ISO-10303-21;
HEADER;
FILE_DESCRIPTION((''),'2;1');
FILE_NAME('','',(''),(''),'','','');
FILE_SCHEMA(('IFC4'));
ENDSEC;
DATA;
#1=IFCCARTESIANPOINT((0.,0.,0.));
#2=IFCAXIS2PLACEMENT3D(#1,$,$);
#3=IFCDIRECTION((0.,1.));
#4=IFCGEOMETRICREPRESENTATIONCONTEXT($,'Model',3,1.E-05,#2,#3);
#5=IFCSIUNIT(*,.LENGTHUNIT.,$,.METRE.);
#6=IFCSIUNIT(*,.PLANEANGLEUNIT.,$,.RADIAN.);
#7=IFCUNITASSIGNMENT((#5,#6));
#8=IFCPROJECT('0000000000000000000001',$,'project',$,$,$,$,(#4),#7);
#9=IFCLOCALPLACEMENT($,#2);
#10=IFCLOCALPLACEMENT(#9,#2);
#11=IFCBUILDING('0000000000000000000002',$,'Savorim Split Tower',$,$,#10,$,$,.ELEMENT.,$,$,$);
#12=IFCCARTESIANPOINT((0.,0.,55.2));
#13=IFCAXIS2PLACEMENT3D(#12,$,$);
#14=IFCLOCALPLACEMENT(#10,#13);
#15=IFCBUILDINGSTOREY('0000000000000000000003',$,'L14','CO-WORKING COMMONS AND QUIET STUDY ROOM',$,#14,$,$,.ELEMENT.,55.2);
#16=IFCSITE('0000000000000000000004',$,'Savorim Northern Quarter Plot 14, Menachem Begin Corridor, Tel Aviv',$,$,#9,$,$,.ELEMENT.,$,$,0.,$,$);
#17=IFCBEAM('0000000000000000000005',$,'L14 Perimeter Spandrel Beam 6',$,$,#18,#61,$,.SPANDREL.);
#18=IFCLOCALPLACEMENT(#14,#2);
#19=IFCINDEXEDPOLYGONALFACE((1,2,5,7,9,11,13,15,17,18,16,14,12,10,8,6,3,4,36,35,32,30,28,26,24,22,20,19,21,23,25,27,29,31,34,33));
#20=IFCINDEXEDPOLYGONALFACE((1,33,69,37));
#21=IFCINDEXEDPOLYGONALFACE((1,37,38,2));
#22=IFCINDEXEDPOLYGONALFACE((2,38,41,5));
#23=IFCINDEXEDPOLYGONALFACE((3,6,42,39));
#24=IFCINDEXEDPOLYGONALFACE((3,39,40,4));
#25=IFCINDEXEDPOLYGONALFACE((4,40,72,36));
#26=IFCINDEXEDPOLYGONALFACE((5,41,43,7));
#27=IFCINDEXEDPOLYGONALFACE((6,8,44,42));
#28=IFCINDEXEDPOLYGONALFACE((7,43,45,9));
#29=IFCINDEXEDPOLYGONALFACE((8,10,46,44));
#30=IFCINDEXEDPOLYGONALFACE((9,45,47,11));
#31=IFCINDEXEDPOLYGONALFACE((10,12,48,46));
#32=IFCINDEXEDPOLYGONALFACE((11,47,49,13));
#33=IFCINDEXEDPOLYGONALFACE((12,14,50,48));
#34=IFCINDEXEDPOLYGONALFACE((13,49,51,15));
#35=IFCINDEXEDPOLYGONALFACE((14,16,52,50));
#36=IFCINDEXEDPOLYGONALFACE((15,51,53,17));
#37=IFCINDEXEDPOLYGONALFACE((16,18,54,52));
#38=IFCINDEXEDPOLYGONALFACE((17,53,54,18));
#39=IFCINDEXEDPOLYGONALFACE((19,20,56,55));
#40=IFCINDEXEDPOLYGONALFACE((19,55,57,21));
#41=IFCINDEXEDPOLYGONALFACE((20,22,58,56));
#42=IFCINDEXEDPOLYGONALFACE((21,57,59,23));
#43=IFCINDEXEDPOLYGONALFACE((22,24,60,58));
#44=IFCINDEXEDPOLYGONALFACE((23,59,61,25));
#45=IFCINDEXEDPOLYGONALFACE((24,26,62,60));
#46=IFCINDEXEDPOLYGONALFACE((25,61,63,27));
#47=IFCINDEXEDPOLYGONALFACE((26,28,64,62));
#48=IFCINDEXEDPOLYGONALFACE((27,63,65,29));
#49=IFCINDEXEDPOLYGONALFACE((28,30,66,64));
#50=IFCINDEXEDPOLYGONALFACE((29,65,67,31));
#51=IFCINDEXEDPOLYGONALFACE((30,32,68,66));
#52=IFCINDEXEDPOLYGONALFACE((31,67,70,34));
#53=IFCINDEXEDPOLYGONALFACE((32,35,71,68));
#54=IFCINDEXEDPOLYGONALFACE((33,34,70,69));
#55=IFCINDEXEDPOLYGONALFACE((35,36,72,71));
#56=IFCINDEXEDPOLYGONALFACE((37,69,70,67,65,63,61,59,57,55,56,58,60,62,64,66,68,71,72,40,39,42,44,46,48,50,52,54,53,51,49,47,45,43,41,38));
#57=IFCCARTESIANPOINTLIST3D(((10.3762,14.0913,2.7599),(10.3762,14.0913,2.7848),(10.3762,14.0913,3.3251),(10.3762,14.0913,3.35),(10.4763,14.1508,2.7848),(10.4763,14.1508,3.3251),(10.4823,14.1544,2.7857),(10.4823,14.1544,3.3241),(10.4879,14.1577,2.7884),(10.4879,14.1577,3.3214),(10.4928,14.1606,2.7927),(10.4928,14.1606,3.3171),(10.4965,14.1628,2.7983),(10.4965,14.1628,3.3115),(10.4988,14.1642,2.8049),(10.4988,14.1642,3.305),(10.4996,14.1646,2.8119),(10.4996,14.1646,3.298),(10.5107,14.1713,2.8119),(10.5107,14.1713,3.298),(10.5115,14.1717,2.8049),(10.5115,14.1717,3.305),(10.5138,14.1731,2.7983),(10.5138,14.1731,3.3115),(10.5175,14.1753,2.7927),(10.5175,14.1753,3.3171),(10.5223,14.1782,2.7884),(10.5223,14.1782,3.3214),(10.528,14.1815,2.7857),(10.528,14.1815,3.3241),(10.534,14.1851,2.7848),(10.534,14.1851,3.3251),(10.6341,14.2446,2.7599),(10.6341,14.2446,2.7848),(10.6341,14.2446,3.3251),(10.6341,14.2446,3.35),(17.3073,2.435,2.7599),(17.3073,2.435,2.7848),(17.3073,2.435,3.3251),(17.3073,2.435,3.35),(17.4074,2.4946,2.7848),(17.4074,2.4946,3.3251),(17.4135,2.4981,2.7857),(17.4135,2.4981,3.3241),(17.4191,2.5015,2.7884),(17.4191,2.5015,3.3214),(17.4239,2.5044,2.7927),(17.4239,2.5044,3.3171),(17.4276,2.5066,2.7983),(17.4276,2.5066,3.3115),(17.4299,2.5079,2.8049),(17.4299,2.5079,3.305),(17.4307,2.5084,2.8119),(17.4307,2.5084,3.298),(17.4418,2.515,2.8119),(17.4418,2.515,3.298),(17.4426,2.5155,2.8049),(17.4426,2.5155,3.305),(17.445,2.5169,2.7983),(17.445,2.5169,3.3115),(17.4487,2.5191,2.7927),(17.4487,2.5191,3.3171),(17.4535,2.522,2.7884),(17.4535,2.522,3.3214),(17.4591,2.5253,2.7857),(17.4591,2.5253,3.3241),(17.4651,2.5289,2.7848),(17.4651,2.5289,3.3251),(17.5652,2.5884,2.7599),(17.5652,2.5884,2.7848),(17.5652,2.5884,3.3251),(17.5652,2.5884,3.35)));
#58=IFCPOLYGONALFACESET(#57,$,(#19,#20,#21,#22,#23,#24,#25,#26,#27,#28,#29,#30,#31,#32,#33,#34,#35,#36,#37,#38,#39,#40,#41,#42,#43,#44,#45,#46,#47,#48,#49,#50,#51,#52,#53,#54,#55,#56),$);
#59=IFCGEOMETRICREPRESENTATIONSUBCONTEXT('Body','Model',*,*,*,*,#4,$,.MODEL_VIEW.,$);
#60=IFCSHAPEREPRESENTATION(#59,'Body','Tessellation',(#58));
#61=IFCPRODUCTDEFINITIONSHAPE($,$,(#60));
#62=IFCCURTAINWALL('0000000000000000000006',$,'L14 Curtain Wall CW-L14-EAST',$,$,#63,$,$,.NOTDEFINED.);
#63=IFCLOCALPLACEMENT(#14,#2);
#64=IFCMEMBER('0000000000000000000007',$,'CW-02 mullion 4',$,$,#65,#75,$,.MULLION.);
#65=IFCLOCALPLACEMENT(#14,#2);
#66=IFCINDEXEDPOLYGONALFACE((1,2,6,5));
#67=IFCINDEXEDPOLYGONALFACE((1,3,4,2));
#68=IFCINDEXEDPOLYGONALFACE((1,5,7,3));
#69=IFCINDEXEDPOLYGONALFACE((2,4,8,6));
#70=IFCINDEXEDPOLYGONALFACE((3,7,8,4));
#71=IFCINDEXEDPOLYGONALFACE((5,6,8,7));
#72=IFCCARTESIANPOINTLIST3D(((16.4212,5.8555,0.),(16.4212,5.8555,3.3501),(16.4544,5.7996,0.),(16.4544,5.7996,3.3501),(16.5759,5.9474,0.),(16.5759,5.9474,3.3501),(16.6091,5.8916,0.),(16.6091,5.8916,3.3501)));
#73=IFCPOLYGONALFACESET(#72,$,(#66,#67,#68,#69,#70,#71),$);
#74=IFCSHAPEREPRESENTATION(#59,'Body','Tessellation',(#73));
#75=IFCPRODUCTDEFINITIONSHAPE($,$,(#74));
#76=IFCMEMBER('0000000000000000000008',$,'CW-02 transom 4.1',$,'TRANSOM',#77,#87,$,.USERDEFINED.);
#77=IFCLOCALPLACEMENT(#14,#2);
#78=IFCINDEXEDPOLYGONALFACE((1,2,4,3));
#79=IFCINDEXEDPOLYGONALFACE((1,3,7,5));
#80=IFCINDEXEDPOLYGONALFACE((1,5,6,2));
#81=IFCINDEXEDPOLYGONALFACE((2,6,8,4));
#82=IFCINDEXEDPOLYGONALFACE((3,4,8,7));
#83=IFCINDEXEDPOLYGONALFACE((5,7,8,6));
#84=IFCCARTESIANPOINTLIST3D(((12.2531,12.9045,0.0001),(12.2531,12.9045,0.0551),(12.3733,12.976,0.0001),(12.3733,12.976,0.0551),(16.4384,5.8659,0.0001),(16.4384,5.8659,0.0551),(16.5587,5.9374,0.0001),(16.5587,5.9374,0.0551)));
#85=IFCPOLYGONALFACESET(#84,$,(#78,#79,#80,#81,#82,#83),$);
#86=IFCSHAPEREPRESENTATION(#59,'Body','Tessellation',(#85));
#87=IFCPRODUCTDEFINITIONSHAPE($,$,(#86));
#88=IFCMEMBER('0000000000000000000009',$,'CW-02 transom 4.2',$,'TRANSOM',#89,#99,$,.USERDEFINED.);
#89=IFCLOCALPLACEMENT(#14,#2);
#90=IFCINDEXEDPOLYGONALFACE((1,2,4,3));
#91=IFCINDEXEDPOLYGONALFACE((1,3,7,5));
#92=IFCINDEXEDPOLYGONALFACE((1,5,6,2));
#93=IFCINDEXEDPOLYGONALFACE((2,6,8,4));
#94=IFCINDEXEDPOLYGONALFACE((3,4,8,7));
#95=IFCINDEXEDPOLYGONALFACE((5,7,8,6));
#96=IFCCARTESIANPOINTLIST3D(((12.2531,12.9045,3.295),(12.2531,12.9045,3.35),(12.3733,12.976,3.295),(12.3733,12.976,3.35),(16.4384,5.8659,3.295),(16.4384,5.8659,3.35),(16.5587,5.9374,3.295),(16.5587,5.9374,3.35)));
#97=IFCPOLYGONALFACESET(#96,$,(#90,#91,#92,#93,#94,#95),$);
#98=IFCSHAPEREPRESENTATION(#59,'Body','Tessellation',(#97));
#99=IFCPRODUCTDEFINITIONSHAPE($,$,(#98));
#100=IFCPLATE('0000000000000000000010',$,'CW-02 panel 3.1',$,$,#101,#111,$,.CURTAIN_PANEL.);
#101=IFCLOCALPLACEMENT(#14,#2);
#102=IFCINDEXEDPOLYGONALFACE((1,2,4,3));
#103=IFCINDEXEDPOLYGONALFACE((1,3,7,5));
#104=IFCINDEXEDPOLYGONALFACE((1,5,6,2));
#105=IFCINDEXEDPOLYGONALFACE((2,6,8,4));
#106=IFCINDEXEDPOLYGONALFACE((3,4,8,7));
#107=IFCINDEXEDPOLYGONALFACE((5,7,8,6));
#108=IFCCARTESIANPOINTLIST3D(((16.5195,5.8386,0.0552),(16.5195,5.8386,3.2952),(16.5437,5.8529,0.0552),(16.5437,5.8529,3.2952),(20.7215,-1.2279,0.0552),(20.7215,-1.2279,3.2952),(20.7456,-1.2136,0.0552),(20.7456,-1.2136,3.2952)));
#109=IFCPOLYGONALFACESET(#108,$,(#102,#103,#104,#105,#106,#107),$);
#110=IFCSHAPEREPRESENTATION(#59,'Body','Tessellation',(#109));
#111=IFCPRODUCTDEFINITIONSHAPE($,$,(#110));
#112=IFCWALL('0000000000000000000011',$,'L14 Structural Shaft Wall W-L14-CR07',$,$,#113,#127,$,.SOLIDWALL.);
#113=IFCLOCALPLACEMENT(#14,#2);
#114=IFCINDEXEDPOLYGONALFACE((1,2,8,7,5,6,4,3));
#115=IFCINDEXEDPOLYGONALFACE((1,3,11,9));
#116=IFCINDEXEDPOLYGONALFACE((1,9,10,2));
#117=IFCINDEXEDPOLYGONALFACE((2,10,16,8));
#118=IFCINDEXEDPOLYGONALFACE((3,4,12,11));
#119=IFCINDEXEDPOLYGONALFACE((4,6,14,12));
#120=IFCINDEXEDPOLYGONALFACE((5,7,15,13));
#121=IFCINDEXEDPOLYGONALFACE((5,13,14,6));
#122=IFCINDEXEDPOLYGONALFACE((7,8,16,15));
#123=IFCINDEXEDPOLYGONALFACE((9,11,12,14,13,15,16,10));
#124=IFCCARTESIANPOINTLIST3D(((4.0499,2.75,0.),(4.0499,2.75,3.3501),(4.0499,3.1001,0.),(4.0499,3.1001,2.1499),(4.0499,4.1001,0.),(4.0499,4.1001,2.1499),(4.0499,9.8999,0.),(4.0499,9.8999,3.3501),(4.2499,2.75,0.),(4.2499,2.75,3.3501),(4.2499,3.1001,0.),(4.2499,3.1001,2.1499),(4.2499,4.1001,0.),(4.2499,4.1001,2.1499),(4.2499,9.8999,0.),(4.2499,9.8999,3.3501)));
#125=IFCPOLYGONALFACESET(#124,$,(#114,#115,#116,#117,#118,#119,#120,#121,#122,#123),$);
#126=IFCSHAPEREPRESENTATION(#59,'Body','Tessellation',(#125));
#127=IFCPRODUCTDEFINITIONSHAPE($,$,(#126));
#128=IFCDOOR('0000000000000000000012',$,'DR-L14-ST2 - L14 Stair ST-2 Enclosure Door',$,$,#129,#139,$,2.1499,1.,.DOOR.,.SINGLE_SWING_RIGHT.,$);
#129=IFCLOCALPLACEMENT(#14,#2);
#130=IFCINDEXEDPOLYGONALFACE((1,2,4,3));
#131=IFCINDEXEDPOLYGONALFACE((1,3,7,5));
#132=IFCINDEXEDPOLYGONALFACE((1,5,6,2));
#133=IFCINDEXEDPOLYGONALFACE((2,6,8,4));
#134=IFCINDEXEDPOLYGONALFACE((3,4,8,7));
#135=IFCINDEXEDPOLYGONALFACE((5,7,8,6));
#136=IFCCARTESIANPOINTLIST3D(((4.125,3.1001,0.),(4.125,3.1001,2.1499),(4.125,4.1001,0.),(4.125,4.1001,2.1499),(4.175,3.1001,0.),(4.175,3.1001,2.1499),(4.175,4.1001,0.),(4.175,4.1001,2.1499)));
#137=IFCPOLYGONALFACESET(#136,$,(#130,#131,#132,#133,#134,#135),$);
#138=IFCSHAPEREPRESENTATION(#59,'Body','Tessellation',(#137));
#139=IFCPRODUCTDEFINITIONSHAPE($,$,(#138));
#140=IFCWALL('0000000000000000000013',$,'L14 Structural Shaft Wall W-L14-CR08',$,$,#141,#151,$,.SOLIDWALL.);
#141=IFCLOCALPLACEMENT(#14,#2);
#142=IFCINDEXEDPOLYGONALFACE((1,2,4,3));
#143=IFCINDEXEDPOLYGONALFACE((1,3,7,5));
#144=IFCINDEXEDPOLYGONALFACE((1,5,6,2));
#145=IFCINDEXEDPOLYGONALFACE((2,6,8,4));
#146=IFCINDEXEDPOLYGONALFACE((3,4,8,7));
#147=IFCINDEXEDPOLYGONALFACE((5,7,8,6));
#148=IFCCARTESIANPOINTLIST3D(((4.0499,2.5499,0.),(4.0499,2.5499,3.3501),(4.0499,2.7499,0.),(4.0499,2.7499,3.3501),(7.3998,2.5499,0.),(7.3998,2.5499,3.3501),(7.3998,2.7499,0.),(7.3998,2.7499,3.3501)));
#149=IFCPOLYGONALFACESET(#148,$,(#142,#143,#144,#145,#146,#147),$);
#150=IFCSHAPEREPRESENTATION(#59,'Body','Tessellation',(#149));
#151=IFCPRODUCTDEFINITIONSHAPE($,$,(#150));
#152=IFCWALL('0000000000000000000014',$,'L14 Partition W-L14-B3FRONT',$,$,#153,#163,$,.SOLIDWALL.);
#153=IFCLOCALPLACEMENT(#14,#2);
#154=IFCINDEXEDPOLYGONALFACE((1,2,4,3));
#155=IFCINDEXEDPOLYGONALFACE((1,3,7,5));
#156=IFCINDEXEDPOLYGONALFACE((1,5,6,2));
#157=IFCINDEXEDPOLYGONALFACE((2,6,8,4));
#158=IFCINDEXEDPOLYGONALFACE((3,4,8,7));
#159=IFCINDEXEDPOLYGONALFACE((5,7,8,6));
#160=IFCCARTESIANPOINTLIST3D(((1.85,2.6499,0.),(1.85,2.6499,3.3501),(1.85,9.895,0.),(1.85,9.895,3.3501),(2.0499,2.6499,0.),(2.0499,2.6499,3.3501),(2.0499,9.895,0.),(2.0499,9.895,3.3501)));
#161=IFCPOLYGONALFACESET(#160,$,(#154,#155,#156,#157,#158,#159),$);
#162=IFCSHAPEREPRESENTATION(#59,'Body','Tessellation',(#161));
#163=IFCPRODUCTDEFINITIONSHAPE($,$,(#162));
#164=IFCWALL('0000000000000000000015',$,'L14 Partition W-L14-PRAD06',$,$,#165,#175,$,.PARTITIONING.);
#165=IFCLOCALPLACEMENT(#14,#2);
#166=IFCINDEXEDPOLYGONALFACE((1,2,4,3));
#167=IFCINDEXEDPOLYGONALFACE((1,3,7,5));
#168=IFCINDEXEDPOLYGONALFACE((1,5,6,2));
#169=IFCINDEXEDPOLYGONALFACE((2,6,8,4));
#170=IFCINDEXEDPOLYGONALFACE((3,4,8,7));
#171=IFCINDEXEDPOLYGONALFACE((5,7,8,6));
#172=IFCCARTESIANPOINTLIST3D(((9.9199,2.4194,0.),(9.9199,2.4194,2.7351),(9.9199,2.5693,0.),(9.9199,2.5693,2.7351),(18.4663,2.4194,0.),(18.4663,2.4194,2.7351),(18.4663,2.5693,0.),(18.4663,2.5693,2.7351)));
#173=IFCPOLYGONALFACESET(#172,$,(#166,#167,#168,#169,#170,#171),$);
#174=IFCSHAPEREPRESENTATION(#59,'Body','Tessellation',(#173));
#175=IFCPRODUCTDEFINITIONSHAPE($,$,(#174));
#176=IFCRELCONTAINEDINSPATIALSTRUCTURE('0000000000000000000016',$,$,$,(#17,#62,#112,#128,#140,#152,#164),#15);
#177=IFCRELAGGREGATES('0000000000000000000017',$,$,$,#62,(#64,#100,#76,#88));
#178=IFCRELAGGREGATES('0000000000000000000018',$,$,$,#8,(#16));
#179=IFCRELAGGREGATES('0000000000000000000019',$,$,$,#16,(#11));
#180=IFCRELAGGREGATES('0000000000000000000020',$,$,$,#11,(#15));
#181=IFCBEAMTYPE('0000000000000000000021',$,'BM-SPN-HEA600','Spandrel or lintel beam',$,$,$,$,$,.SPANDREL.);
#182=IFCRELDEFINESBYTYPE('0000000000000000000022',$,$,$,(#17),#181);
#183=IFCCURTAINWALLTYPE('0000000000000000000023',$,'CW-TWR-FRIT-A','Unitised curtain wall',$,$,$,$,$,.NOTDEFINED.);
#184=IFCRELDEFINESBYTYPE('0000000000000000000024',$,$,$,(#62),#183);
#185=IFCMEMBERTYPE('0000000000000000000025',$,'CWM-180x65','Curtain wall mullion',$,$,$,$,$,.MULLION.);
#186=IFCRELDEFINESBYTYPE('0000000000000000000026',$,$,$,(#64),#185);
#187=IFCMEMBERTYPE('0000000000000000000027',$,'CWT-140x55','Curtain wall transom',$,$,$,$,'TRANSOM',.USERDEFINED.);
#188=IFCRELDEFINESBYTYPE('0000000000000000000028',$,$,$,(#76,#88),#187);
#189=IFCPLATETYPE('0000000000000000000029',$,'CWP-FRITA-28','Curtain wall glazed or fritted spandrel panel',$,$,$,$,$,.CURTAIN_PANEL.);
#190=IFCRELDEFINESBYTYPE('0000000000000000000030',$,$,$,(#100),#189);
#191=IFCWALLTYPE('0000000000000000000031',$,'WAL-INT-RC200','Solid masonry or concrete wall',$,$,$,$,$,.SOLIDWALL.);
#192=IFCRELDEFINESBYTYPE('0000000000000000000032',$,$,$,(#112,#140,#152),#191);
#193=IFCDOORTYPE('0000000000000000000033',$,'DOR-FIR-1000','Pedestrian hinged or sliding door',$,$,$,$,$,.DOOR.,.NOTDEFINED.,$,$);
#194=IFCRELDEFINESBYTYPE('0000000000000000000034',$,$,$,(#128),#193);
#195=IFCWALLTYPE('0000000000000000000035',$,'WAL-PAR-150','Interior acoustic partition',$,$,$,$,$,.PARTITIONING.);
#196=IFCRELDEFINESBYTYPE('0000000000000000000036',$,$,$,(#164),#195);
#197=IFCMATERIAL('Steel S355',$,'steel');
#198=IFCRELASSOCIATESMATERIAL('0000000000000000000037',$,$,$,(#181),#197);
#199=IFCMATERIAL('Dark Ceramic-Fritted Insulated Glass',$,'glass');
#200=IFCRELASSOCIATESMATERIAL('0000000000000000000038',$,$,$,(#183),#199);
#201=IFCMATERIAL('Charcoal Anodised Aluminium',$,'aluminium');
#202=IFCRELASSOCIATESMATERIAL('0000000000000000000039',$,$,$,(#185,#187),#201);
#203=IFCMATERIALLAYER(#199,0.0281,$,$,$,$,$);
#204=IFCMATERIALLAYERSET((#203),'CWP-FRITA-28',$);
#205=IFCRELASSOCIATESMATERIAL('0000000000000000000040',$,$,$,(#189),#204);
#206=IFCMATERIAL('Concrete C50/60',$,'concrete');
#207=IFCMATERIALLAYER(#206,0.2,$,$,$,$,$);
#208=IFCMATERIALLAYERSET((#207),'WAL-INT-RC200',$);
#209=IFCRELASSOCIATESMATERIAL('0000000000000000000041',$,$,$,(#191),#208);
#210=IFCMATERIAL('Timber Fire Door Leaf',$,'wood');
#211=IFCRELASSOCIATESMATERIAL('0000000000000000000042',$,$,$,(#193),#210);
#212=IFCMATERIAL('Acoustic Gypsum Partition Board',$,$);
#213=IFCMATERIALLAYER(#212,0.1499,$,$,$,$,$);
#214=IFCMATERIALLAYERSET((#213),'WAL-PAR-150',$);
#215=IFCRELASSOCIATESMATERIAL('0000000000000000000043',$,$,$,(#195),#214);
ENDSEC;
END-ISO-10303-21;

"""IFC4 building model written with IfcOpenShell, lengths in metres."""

from ifc_helpers import new_model, si_unit, direction, frame, frame_2d, origin, origin_2d, place, context, subcontext, project, spatial, rectangle, i_section, extrude, material, layer, layer_set, material_profile, profile_set, type_object, element, fill, aggregate, save


model = new_model("IFC4")

# Units and contexts
model_context = context("Model", 3, precision=1e-05, world=origin(), true_north=direction((0.0, 1.0)))
body_context = subcontext(model_context, "Body", "Model", "MODEL_VIEW")
ifc_project = project(units=[si_unit("LENGTHUNIT", "METRE"), si_unit("PLANEANGLEUNIT", "RADIAN")], contexts=[model_context])

# Site, building, storey
site_placement = place(None, origin())
site = spatial("IfcSite", under=ifc_project, at=site_placement, Name="Savorim Northern Quarter Plot 14, Menachem Begin Corridor, Tel Aviv", CompositionType="ELEMENT", RefElevation=0.0)
building_placement = place(site_placement, origin())
building = spatial("IfcBuilding", under=site, at=building_placement, Name="Savorim Split Tower", CompositionType="ELEMENT")
storey_placement = place(building_placement, frame((0.0, 0.0, 55.2)))
storey = spatial("IfcBuildingStorey", under=building, at=storey_placement, Name="L14", Description="CO-WORKING COMMONS AND QUIET STUDY ROOM", CompositionType="ELEMENT", Elevation=55.2)

# Beam
ifc_material_1 = material(Name="Steel S355", Category="steel")
ifc_material_profile_1 = material_profile(ifc_material_1, i_section(OverallWidth=0.3, OverallDepth=0.5901, WebThickness=0.0129, FlangeThickness=0.0249, FilletRadius=0.0271, at=origin_2d()), Name="HEA 600")
ifc_profile_set_1 = profile_set([ifc_material_profile_1], Name="Steel S355")
beam_type_1 = type_object("IfcBeamType", Name="BM-SPN-HEA600", Description="Spandrel or lintel beam", PredefinedType="SPANDREL", material=ifc_profile_set_1)
beam_1_placement = place(storey_placement, frame((17.4363, 2.5117, 3.0549), z_axis=(-0.511098, 0.859523, 0.0), x_axis=(-0.859523, -0.511098, 0.0)))
element("IfcBeam", 1, at=beam_1_placement, inside=storey, type_object=beam_type_1, Name="L14 Perimeter Spandrel Beam 6", PredefinedType="SPANDREL", context=body_context, shape_type="SweptSolid", body=[
    extrude(i_section(OverallWidth=0.3, OverallDepth=0.5901, WebThickness=0.0129, FlangeThickness=0.0249, FilletRadius=0.0271, at=origin_2d()), origin(), (0.0, 0.0, 1.0), 13.5613),
])

# Curtain wall, members, plate
ifc_material_2 = material(Name="Dark Ceramic-Fritted Insulated Glass", Category="glass")
curtain_wall_type = type_object("IfcCurtainWallType", Name="CW-TWR-FRIT-A", Description="Unitised curtain wall", PredefinedType="NOTDEFINED", material=ifc_material_2)
curtain_wall_placement = place(storey_placement, origin())
curtain_wall = element("IfcCurtainWall", 2, at=curtain_wall_placement, inside=storey, type_object=curtain_wall_type, Name="L14 Curtain Wall CW-L14-EAST", PredefinedType="NOTDEFINED")
ifc_material_3 = material(Name="Charcoal Anodised Aluminium", Category="aluminium")
ifc_material_profile_2 = material_profile(ifc_material_3, rectangle(XDim=0.1799, YDim=0.0649, at=origin_2d()), Name="ALU-M 180x65")
ifc_profile_set_2 = profile_set([ifc_material_profile_2], Name="Charcoal Anodised Aluminium")
member_type_1 = type_object("IfcMemberType", Name="CWM-180x65", Description="Curtain wall mullion", PredefinedType="MULLION", material=ifc_profile_set_2)
member_1_placement = place(storey_placement, frame((16.5151, 5.8735, 0.0), z_axis=(0.0, 0.0, 1.0), x_axis=(-0.859526, -0.511092, 0.0)))
member_1 = element("IfcMember", 3, at=member_1_placement, type_object=member_type_1, Name="CW-02 mullion 4", PredefinedType="MULLION", context=body_context, shape_type="SweptSolid", body=[
    extrude(rectangle(XDim=0.1799, YDim=0.0649, at=origin_2d()), origin(), (0.0, 0.0, 1.0), 3.3501),
])
ifc_material_profile_3 = material_profile(ifc_material_3, rectangle(XDim=0.1399, YDim=0.0549, at=origin_2d()), Name="ALU-T 140x55")
ifc_profile_set_3 = profile_set([ifc_material_profile_3], Name="Charcoal Anodised Aluminium")
member_type_2 = type_object("IfcMemberType", Name="CWT-140x55", Description="Curtain wall transom", ElementType="TRANSOM", PredefinedType="USERDEFINED", material=ifc_profile_set_3)
member_2_placement = place(storey_placement, frame((16.4985, 5.9016, 0.0276), z_axis=(-0.511094, 0.859525, 0.0), x_axis=(-0.859525, -0.511094, 0.0)))
member_2 = element("IfcMember", 4, at=member_2_placement, type_object=member_type_2, Name="CW-02 transom 4.1", ObjectType="TRANSOM", PredefinedType="USERDEFINED", context=body_context, shape_type="SweptSolid", body=[
    extrude(rectangle(XDim=0.1399, YDim=0.0549, at=origin_2d()), origin(), (0.0, 0.0, 1.0), 8.189),
])
member_3_placement = place(storey_placement, frame((16.4985, 5.9016, 3.3225), z_axis=(-0.511094, 0.859525, 0.0), x_axis=(-0.859525, -0.511094, 0.0)))
member_3 = element("IfcMember", 5, at=member_3_placement, type_object=member_type_2, Name="CW-02 transom 4.2", ObjectType="TRANSOM", PredefinedType="USERDEFINED", context=body_context, shape_type="SweptSolid", body=[
    extrude(rectangle(XDim=0.1399, YDim=0.0549, at=origin_2d()), origin(), (0.0, 0.0, 1.0), 8.189),
])
ifc_layer_1 = layer(ifc_material_2, 0.0281)
ifc_layer_set_1 = layer_set([ifc_layer_1], Name="CWP-FRITA-28")
plate_type = type_object("IfcPlateType", Name="CWP-FRITA-28", Description="Curtain wall glazed or fritted spandrel panel", PredefinedType="CURTAIN_PANEL", material=ifc_layer_set_1)
plate_placement = place(storey_placement, frame((18.6326, 2.3125, 0.0552), z_axis=(0.0, 0.0, 1.0), x_axis=(-0.511092, 0.859526, 0.0)))
plate = element("IfcPlate", 6, at=plate_placement, type_object=plate_type, Name="CW-02 panel 3.1", PredefinedType="CURTAIN_PANEL", context=body_context, shape_type="SweptSolid", body=[
    extrude(rectangle(XDim=8.2214, YDim=0.0281, at=origin_2d()), origin(), (0.0, 0.0, 1.0), 3.24),
])
aggregate(curtain_wall, [member_1, plate, member_2, member_3])

# Wall, opening, door
ifc_material_4 = material(Name="Concrete C50/60", Category="concrete")
ifc_layer_2 = layer(ifc_material_4, 0.2)
ifc_layer_set_2 = layer_set([ifc_layer_2], Name="WAL-INT-RC200")
wall_type_1 = type_object("IfcWallType", Name="WAL-INT-RC200", Description="Solid masonry or concrete wall", PredefinedType="SOLIDWALL", material=ifc_layer_set_2)
wall_1_placement = place(storey_placement, frame((4.1499, 2.75, 0.0), z_axis=(0.0, 0.0, 1.0), x_axis=(0.0, 1.0, 0.0)))
wall_1 = element("IfcWall", 7, at=wall_1_placement, inside=storey, type_object=wall_type_1, Name="L14 Structural Shaft Wall W-L14-CR07", PredefinedType="SOLIDWALL", context=body_context, shape_type="SweptSolid", body=[
    extrude(rectangle(XDim=7.1499, YDim=0.2, at=frame_2d((3.575, 0.0))), origin(), (0.0, 0.0, 1.0), 3.3501),
])
opening_placement = place(wall_1_placement, frame((0.3501, 0.0, 0.0)))
opening = element("IfcOpeningElement", 8, at=opening_placement, cuts=wall_1, PredefinedType="OPENING", context=body_context, shape_type="SweptSolid", body=[
    extrude(rectangle(XDim=1.0, YDim=2.1499, at=frame_2d((0.5, 1.075))), frame((0.0, 0.1099, 0.0), z_axis=(0.0, -1.0, 0.0), x_axis=(1.0, 0.0, 0.0)), (0.0, 0.0, 1.0), 0.22),
])
ifc_material_5 = material(Name="Timber Fire Door Leaf", Category="wood")
door_type = type_object("IfcDoorType", Name="DOR-FIR-1000", Description="Pedestrian hinged or sliding door", OperationType="NOTDEFINED", PredefinedType="DOOR", material=ifc_material_5)
door_placement = place(opening_placement, origin())
door = element("IfcDoor", 9, at=door_placement, inside=storey, type_object=door_type, Name="DR-L14-ST2 - L14 Stair ST-2 Enclosure Door", OperationType="SINGLE_SWING_RIGHT", OverallHeight=2.1499, OverallWidth=1.0, PredefinedType="DOOR", context=body_context, shape_type="SweptSolid", body=[
    extrude(rectangle(XDim=1.0, YDim=2.1499, at=frame_2d((0.5, 1.075))), frame((0.0, 0.0249, 0.0), z_axis=(0.0, -1.0, 0.0), x_axis=(1.0, 0.0, 0.0)), (0.0, 0.0, 1.0), 0.05),
])
fill(opening, door)

# Walls
wall_2_placement = place(storey_placement, frame((4.05, 2.6499, 0.0), z_axis=(0.0, 0.0, 1.0), x_axis=(1.0, 0.0, 0.0)))
element("IfcWall", 10, at=wall_2_placement, inside=storey, type_object=wall_type_1, Name="L14 Structural Shaft Wall W-L14-CR08", PredefinedType="SOLIDWALL", context=body_context, shape_type="SweptSolid", body=[
    extrude(rectangle(XDim=3.3499, YDim=0.2, at=frame_2d((1.6748, 0.0))), origin(), (0.0, 0.0, 1.0), 3.3501),
])
wall_3_placement = place(storey_placement, frame((1.95, 2.6499, 0.0), z_axis=(0.0, 0.0, 1.0), x_axis=(0.0, 1.0, 0.0)))
element("IfcWall", 11, at=wall_3_placement, inside=storey, type_object=wall_type_1, Name="L14 Partition W-L14-B3FRONT", PredefinedType="SOLIDWALL", context=body_context, shape_type="SweptSolid", body=[
    extrude(rectangle(XDim=7.2451, YDim=0.2, at=frame_2d((3.6226, 0.0))), origin(), (0.0, 0.0, 1.0), 3.3501),
])
ifc_material_6 = material(Name="Acoustic Gypsum Partition Board")
ifc_layer_3 = layer(ifc_material_6, 0.1499)
ifc_layer_set_3 = layer_set([ifc_layer_3], Name="WAL-PAR-150")
wall_type_2 = type_object("IfcWallType", Name="WAL-PAR-150", Description="Interior acoustic partition", PredefinedType="PARTITIONING", material=ifc_layer_set_3)
wall_4_placement = place(storey_placement, frame((9.9199, 2.4944, 0.0), z_axis=(0.0, 0.0, 1.0), x_axis=(1.0, 0.0, 0.0)))
element("IfcWall", 12, at=wall_4_placement, inside=storey, type_object=wall_type_2, Name="L14 Partition W-L14-PRAD06", PredefinedType="PARTITIONING", context=body_context, shape_type="SweptSolid", body=[
    extrude(rectangle(XDim=8.5464, YDim=0.1499, at=frame_2d((4.2732, 0.0))), origin(), (0.0, 0.0, 1.0), 2.7351),
])

save(model, "model.ifc")
